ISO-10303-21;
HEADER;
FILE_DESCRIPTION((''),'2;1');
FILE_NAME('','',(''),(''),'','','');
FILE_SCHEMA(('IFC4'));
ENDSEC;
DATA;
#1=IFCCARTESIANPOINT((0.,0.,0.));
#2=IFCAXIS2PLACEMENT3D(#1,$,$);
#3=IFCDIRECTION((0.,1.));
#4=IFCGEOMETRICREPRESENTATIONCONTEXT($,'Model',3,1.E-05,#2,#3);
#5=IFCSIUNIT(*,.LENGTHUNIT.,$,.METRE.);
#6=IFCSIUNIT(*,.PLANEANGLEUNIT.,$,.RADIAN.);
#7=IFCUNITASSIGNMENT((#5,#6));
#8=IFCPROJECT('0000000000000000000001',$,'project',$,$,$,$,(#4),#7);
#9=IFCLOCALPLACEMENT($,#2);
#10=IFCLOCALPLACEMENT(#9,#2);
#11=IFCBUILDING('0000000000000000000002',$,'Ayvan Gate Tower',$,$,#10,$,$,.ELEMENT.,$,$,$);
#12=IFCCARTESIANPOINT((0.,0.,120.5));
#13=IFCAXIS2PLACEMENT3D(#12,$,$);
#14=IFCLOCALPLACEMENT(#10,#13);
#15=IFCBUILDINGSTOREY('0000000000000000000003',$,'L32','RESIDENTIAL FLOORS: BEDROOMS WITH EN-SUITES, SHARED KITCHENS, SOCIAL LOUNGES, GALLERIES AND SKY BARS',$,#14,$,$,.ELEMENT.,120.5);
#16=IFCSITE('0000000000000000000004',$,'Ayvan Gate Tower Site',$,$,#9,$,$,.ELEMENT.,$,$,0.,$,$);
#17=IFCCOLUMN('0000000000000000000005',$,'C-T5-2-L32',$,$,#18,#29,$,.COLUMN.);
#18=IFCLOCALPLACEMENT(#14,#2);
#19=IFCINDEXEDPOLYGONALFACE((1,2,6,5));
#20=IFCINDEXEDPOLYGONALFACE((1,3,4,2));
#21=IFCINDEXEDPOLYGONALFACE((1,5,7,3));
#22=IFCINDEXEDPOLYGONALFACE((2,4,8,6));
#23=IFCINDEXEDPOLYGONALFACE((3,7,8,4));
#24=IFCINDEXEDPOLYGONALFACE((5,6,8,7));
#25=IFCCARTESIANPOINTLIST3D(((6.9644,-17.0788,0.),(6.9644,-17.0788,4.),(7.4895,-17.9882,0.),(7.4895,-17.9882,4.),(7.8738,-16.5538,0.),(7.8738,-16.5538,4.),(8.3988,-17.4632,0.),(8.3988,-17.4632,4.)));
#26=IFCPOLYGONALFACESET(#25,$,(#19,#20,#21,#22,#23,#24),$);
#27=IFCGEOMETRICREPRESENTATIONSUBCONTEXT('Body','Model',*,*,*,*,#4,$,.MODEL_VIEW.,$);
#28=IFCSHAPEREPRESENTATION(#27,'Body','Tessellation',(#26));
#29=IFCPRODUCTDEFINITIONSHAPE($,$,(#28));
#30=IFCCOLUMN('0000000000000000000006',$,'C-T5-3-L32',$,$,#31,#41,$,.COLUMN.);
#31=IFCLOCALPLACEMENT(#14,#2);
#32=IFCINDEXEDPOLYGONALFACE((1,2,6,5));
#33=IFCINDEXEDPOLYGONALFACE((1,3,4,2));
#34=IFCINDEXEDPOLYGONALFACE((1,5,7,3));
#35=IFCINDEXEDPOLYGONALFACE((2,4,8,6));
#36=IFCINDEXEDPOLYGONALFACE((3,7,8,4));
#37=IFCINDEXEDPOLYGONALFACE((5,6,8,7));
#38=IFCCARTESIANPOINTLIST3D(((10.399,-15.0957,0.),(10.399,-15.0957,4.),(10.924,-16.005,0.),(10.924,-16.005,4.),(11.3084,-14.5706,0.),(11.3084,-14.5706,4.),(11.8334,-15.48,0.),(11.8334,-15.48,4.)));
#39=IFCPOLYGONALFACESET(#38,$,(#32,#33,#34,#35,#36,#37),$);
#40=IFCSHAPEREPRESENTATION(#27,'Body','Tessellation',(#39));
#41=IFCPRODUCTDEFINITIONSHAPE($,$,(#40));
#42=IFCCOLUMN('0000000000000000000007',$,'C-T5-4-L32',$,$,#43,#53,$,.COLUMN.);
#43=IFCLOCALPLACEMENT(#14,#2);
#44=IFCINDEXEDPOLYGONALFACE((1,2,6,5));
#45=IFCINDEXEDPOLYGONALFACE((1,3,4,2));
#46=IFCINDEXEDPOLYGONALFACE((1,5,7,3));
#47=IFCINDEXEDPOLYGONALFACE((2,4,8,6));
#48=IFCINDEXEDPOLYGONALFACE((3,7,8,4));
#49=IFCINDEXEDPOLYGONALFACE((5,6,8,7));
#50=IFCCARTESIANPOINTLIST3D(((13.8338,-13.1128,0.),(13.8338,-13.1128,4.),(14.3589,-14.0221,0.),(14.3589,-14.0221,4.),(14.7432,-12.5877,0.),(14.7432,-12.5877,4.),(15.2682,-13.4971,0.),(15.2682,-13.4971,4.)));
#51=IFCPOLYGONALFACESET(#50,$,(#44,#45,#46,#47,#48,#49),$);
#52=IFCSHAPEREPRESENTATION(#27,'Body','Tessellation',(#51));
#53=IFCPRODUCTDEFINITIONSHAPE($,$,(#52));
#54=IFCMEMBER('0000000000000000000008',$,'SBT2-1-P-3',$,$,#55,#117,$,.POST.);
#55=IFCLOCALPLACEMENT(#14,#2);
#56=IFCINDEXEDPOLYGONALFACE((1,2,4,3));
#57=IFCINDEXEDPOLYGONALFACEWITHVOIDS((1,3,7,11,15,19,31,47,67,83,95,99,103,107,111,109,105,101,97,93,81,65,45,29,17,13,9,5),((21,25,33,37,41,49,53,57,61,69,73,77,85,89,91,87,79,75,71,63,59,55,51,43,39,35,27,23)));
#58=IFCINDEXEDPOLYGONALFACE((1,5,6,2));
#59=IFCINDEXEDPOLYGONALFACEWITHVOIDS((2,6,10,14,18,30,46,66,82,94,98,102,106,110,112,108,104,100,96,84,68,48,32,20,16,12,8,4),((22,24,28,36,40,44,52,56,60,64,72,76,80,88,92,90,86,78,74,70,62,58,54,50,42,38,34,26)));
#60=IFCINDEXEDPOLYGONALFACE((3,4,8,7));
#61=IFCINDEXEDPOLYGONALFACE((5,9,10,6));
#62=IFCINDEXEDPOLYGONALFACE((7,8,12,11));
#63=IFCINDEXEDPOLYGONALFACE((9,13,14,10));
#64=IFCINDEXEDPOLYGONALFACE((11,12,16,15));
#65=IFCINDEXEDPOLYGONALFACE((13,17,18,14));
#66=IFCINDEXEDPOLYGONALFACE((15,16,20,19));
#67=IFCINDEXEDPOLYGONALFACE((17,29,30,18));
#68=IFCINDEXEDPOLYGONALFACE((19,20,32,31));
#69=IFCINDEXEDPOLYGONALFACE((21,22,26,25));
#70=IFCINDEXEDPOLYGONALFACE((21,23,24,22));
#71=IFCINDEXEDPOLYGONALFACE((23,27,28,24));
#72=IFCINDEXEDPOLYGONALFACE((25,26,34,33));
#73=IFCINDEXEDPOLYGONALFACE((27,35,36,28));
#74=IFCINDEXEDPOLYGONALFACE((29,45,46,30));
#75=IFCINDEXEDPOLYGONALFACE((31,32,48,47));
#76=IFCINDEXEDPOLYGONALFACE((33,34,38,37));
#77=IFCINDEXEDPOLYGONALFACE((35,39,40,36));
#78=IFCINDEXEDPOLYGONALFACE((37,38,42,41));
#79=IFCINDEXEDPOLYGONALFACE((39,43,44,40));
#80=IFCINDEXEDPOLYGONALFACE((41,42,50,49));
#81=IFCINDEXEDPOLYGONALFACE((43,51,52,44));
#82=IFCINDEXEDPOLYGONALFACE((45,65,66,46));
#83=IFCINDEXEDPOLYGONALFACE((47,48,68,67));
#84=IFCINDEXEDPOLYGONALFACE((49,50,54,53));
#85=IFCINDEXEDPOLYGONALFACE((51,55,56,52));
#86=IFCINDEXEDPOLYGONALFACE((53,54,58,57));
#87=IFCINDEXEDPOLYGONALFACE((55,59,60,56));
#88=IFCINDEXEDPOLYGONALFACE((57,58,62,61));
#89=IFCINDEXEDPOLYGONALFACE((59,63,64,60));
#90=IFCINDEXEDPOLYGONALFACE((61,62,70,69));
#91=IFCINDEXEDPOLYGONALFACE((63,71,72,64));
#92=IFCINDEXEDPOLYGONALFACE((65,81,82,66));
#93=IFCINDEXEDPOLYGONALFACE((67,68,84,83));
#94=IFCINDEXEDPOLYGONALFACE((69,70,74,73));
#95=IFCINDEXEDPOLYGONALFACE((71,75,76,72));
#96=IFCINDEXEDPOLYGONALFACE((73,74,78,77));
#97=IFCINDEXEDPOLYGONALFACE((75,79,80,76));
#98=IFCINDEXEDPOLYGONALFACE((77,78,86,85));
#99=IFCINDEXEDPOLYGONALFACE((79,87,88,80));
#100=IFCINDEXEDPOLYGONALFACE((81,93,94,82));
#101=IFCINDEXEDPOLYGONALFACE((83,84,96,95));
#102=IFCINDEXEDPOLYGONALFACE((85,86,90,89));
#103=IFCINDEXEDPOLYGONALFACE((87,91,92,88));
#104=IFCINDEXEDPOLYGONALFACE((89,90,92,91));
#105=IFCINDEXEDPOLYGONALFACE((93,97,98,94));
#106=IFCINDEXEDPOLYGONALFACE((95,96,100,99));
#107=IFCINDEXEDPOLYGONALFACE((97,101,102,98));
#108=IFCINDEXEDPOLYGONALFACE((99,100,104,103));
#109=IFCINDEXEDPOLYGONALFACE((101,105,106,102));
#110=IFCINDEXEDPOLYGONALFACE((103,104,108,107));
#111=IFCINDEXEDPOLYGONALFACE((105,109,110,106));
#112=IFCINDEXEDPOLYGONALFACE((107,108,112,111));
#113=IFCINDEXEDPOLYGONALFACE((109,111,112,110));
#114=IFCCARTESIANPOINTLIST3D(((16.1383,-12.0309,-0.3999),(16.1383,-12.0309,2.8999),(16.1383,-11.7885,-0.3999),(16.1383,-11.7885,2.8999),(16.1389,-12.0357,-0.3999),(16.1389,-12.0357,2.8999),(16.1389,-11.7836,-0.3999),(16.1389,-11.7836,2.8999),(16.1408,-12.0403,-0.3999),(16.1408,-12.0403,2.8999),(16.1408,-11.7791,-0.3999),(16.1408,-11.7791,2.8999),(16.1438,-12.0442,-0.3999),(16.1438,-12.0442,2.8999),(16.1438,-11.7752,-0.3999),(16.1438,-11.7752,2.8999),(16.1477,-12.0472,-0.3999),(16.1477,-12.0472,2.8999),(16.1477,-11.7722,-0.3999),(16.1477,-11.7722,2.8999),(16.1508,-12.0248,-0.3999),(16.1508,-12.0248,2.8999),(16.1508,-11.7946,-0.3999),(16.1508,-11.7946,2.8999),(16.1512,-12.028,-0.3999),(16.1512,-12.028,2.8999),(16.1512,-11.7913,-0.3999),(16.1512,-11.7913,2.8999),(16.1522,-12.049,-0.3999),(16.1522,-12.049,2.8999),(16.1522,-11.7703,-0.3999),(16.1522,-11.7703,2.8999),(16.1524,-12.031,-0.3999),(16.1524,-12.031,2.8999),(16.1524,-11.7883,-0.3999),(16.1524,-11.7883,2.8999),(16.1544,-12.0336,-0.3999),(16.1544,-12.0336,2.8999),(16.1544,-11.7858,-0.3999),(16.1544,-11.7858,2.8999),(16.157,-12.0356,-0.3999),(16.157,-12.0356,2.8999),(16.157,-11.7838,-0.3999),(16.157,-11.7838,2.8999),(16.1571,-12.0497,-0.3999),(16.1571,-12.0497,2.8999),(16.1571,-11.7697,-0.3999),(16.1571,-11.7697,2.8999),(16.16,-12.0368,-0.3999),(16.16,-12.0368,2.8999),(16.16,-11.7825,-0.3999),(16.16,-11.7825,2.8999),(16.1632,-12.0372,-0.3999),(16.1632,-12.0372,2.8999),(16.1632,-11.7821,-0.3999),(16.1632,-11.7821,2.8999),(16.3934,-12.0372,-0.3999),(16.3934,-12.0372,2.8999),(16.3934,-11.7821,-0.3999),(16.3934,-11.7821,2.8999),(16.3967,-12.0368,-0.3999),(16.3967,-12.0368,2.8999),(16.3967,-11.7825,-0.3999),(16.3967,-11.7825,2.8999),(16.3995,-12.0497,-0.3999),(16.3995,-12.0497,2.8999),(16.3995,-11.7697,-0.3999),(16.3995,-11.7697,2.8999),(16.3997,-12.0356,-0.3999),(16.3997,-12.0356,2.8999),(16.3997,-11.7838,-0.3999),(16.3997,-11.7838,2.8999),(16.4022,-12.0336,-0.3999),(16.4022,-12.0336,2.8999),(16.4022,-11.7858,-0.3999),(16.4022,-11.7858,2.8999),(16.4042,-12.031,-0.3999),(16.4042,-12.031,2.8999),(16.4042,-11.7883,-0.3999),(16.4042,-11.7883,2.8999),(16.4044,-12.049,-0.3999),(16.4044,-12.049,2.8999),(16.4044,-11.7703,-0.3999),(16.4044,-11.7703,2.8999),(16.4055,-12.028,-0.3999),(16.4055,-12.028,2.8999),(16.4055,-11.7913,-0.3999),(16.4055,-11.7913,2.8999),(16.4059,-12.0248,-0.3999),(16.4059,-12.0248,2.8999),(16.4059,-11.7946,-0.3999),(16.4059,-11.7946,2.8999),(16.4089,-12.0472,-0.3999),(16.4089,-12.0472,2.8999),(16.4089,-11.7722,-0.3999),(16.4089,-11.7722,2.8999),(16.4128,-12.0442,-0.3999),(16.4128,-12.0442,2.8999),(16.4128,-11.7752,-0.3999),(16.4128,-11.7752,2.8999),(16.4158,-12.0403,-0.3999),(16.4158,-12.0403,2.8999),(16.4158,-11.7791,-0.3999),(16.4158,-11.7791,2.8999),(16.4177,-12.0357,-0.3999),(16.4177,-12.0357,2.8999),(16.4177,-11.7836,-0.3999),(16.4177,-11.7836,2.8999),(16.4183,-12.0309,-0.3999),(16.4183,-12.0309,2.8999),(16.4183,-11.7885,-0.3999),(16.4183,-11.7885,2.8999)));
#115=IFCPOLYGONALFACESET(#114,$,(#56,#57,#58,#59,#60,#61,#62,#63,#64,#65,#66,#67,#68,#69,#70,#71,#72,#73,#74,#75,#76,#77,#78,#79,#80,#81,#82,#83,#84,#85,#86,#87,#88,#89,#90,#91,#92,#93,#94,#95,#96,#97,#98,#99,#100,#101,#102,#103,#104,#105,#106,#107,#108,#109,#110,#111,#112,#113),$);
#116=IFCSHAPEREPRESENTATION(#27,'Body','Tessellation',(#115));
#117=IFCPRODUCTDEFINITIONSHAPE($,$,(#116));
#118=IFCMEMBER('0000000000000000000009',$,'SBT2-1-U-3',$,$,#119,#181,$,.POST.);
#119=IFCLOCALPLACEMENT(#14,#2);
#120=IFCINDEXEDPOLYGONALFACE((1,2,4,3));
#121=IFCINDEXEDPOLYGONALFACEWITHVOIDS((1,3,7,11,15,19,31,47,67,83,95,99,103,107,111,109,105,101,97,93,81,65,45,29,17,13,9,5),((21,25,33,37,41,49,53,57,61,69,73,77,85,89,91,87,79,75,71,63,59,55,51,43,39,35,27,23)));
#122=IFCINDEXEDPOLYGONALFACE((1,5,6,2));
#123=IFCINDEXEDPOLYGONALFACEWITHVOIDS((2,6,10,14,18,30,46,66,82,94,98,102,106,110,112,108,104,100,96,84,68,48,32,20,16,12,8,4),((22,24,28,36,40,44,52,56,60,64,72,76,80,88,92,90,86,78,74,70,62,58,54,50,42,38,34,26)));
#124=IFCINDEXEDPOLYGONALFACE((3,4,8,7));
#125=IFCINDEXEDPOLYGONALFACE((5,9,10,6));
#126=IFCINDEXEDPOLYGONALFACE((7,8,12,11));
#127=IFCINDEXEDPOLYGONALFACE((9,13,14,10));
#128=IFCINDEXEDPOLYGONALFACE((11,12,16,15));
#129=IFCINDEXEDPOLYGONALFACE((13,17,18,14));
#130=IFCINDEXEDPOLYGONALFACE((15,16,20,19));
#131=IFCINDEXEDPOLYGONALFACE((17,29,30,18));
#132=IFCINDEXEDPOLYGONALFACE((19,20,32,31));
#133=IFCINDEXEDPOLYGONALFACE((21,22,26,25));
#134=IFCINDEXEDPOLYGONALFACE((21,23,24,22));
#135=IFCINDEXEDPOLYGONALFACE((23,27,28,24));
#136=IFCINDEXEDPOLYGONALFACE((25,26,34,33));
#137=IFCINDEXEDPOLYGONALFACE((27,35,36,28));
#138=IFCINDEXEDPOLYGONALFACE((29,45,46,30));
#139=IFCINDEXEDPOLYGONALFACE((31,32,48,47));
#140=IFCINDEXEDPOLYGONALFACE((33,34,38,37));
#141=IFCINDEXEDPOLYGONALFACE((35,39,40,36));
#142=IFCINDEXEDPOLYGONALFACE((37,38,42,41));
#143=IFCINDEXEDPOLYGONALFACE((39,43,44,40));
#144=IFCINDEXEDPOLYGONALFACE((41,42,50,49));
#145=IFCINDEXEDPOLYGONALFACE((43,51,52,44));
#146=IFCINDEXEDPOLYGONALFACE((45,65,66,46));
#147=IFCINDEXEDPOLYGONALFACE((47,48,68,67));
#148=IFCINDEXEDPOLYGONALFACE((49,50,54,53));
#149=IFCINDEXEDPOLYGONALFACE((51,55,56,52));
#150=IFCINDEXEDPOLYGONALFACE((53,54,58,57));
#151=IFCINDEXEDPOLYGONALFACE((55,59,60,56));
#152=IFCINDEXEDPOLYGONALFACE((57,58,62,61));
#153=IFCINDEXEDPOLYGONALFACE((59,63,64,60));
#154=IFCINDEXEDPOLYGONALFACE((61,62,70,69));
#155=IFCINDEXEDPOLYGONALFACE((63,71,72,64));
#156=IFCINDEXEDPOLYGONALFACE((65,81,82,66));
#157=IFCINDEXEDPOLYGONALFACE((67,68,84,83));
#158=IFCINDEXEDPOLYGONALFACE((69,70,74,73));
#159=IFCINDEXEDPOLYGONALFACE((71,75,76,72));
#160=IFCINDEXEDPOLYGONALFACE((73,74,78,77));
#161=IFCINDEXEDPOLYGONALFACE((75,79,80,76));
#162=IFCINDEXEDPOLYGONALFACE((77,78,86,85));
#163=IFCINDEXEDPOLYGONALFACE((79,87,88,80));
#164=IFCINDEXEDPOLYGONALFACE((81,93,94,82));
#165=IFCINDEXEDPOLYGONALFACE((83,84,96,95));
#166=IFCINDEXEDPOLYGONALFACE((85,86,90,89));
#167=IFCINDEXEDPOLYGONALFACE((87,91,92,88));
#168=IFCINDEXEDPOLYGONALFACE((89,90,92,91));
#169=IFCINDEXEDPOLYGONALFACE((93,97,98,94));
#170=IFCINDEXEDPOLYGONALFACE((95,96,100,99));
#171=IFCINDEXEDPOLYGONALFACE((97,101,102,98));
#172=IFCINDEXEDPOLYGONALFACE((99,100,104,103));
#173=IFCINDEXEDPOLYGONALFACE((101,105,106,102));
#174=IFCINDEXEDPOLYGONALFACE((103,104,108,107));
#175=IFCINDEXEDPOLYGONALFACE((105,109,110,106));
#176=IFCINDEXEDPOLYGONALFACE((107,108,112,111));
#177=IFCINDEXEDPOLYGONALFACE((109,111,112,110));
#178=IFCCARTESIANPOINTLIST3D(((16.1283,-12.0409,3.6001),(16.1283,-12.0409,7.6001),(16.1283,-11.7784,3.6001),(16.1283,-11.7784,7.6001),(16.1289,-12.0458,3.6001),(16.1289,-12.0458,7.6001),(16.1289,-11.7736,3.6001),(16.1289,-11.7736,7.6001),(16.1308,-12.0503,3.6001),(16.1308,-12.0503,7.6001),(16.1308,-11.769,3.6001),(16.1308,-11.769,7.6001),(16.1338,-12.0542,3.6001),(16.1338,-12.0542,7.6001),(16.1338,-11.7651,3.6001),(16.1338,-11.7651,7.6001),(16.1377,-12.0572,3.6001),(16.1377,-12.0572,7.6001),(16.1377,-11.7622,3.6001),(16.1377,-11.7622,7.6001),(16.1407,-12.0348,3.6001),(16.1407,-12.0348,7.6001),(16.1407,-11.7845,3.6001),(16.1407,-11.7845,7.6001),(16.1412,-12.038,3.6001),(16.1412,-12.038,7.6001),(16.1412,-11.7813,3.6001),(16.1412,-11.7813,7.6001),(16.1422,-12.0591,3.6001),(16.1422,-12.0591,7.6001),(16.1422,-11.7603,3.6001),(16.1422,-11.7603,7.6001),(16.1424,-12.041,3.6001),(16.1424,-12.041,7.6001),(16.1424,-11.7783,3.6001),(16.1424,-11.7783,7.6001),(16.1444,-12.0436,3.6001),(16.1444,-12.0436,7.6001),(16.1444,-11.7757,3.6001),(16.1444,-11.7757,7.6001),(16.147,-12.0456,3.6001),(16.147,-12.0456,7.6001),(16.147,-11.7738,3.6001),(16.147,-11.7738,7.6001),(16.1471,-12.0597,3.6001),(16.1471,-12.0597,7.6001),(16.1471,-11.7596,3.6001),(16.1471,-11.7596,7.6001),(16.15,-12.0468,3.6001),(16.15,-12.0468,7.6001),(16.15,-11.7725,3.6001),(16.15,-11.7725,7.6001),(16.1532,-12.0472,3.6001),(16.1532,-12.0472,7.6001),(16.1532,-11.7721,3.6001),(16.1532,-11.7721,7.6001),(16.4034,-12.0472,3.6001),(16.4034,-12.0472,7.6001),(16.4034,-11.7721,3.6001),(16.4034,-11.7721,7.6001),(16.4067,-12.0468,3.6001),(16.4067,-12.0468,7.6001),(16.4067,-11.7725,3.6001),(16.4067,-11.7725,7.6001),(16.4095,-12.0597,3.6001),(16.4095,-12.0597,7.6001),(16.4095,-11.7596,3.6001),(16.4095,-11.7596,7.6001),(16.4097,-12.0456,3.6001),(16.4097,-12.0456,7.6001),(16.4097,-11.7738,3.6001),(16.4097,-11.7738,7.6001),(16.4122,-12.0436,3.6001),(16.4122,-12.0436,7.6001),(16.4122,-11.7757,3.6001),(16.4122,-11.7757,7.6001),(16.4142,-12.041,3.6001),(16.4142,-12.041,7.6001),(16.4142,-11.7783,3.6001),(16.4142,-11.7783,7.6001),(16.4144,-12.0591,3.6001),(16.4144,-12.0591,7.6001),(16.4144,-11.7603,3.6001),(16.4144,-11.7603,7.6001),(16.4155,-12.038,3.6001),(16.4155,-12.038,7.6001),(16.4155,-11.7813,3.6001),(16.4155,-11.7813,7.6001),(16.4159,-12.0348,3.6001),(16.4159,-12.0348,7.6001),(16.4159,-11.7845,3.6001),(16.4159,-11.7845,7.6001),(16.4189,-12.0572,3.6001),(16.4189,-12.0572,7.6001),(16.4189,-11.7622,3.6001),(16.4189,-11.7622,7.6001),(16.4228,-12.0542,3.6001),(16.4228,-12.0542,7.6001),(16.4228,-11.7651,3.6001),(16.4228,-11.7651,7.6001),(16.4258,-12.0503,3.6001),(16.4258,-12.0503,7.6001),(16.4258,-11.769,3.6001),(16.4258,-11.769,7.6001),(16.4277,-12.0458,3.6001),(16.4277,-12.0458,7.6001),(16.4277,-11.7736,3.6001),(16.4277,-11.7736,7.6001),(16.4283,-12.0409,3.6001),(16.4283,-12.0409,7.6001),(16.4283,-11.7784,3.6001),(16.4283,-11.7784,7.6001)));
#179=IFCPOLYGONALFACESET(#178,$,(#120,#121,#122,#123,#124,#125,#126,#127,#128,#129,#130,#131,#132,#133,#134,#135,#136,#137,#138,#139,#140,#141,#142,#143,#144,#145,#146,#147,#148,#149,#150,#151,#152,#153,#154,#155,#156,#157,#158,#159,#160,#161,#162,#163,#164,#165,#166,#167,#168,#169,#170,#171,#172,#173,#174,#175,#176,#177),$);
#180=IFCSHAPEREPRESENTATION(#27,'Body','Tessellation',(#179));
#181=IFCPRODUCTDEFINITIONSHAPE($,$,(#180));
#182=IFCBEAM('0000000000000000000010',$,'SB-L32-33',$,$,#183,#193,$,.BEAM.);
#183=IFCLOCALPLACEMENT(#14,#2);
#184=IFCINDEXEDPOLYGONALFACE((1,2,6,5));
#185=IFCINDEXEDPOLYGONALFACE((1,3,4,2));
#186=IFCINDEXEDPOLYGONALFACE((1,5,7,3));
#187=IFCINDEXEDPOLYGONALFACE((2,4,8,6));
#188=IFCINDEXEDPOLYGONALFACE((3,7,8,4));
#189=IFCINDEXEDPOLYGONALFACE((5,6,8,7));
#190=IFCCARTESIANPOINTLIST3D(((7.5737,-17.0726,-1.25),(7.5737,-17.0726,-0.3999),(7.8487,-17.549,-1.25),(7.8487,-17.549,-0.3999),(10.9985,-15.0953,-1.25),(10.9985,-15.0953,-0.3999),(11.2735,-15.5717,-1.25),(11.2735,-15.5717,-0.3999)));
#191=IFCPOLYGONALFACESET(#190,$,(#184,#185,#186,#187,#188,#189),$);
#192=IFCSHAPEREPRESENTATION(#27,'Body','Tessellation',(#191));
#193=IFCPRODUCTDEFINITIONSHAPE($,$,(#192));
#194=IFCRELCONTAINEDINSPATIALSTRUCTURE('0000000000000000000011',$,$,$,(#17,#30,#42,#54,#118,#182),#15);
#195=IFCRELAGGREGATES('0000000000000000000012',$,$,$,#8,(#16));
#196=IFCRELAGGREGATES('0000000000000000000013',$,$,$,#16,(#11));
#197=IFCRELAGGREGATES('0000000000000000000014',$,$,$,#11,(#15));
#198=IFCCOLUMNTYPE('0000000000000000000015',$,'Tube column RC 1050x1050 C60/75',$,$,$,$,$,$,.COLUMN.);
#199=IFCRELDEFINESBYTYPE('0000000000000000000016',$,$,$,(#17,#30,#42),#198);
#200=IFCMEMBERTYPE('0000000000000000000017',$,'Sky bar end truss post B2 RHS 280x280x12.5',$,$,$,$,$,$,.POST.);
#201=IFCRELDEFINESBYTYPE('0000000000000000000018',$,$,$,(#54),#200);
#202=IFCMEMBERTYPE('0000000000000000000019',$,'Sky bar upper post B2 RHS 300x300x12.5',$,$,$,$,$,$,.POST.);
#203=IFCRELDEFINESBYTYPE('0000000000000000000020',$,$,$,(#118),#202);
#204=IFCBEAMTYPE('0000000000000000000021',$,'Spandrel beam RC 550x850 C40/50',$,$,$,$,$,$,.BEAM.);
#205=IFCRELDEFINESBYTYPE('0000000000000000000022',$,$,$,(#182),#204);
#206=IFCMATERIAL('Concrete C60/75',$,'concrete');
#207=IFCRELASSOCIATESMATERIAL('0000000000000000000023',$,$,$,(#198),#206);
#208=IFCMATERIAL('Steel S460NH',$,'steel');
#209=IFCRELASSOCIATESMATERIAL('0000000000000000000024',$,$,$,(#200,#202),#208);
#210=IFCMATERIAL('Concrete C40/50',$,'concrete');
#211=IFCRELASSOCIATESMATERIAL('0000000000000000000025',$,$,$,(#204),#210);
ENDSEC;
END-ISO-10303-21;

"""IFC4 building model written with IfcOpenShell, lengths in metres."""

from ifc_helpers import new_model, si_unit, direction, frame, origin, origin_2d, place, context, subcontext, project, spatial, rectangle, hollow_rectangle, extrude, material, material_profile, profile_set, type_object, element, save


model = new_model("IFC4")

# Units and contexts
model_context = context("Model", 3, precision=1e-05, world=origin(), true_north=direction((0.0, 1.0)))
body_context = subcontext(model_context, "Body", "Model", "MODEL_VIEW")
ifc_project = project(units=[si_unit("LENGTHUNIT", "METRE"), si_unit("PLANEANGLEUNIT", "RADIAN")], contexts=[model_context])

# Site, building, storey
site_placement = place(None, origin())
site = spatial("IfcSite", under=ifc_project, at=site_placement, Name="Ayvan Gate Tower Site", CompositionType="ELEMENT", RefElevation=0.0)
building_placement = place(site_placement, origin())
building = spatial("IfcBuilding", under=site, at=building_placement, Name="Ayvan Gate Tower", CompositionType="ELEMENT")
storey_placement = place(building_placement, frame((0.0, 0.0, 120.5)))
storey = spatial("IfcBuildingStorey", under=building, at=storey_placement, Name="L32", Description="RESIDENTIAL FLOORS: BEDROOMS WITH EN-SUITES, SHARED KITCHENS, SOCIAL LOUNGES, GALLERIES AND SKY BARS", CompositionType="ELEMENT", Elevation=120.5)

# Columns
ifc_material_1 = material(Name="Concrete C60/75", Category="concrete")
ifc_material_profile_1 = material_profile(ifc_material_1, rectangle(XDim=1.05, YDim=1.05, at=origin_2d()), Name="RC 1050x1050")
ifc_profile_set_1 = profile_set([ifc_material_profile_1], Name="Concrete C60/75")
column_type = type_object("IfcColumnType", Name="Tube column RC 1050x1050 C60/75", PredefinedType="COLUMN", material=ifc_profile_set_1)
for number, where, z_axis, x_axis, name in (
    (1, (7.6816, -17.271, 0.0), (0.0, 0.0, 1.0), (0.5, -0.866025, 0.0), "C-T5-2-L32"),
    (2, (11.1162, -15.2878, 0.0), (0.0, 0.0, 1.0), (0.5, -0.866025, 0.0), "C-T5-3-L32"),
    (3, (14.551, -13.3049, 0.0), (0.0, 0.0, 1.0), (0.5, -0.866025, 0.0), "C-T5-4-L32"),
):
    element("IfcColumn", number, at=place(storey_placement, frame(where, z_axis=z_axis, x_axis=x_axis)), inside=storey, type_object=column_type, Name=name, PredefinedType="COLUMN", context=body_context, shape_type="SweptSolid", body=[
        extrude(rectangle(XDim=1.05, YDim=1.05, at=origin_2d()), origin(), (0.0, 0.0, 1.0), 4.0),
    ])

# Members
ifc_material_2 = material(Name="Steel S460NH", Category="steel")
ifc_material_profile_2 = material_profile(ifc_material_2, hollow_rectangle(XDim=0.28, YDim=0.28, WallThickness=0.0125, InnerFilletRadius=0.0125, OuterFilletRadius=0.0188, at=origin_2d()), Name="RHS 280x280x12.5")
ifc_profile_set_2 = profile_set([ifc_material_profile_2], Name="Steel S460NH")
member_type_1 = type_object("IfcMemberType", Name="Sky bar end truss post B2 RHS 280x280x12.5", PredefinedType="POST", material=ifc_profile_set_2)
member_1_placement = place(storey_placement, frame((16.2783, -11.9097, -0.3999), z_axis=(0.0, 0.0, 1.0), x_axis=(1.0, 0.0, 0.0)))
element("IfcMember", 4, at=member_1_placement, inside=storey, type_object=member_type_1, Name="SBT2-1-P-3", PredefinedType="POST", context=body_context, shape_type="SweptSolid", body=[
    extrude(hollow_rectangle(XDim=0.28, YDim=0.28, WallThickness=0.0125, InnerFilletRadius=0.0125, OuterFilletRadius=0.0188, at=origin_2d()), origin(), (0.0, 0.0, 1.0), 3.2998),
])
ifc_material_profile_3 = material_profile(ifc_material_2, hollow_rectangle(XDim=0.3, YDim=0.3, WallThickness=0.0125, InnerFilletRadius=0.0125, OuterFilletRadius=0.0188, at=origin_2d()), Name="RHS 300x300x12.5")
ifc_profile_set_3 = profile_set([ifc_material_profile_3], Name="Steel S460NH")
member_type_2 = type_object("IfcMemberType", Name="Sky bar upper post B2 RHS 300x300x12.5", PredefinedType="POST", material=ifc_profile_set_3)
member_2_placement = place(storey_placement, frame((16.2783, -11.9097, 3.6001), z_axis=(0.0, 0.0, 1.0), x_axis=(1.0, 0.0, 0.0)))
element("IfcMember", 5, at=member_2_placement, inside=storey, type_object=member_type_2, Name="SBT2-1-U-3", PredefinedType="POST", context=body_context, shape_type="SweptSolid", body=[
    extrude(hollow_rectangle(XDim=0.3, YDim=0.3, WallThickness=0.0125, InnerFilletRadius=0.0125, OuterFilletRadius=0.0188, at=origin_2d()), origin(), (0.0, 0.0, 1.0), 4.0),
])

# Beam
ifc_material_3 = material(Name="Concrete C40/50", Category="concrete")
ifc_material_profile_4 = material_profile(ifc_material_3, rectangle(XDim=0.55, YDim=0.8501, at=origin_2d()), Name="RC 550x850")
ifc_profile_set_4 = profile_set([ifc_material_profile_4], Name="Concrete C40/50")
beam_type = type_object("IfcBeamType", Name="Spandrel beam RC 550x850 C40/50", PredefinedType="BEAM", material=ifc_profile_set_4)
for number, where, z_axis, x_axis, name in (
    (6, (7.7112, -17.3108, -0.825), (0.866027, 0.499997, 0.0), (-0.499997, 0.866027, 0.0), "SB-L32-33"),
):
    element("IfcBeam", number, at=place(storey_placement, frame(where, z_axis=z_axis, x_axis=x_axis)), inside=storey, type_object=beam_type, Name=name, PredefinedType="BEAM", context=body_context, shape_type="SweptSolid", body=[
        extrude(rectangle(XDim=0.55, YDim=0.8501, at=origin_2d()), origin(), (0.0, 0.0, 1.0), 3.9546),
    ])

save(model, "model.ifc")
